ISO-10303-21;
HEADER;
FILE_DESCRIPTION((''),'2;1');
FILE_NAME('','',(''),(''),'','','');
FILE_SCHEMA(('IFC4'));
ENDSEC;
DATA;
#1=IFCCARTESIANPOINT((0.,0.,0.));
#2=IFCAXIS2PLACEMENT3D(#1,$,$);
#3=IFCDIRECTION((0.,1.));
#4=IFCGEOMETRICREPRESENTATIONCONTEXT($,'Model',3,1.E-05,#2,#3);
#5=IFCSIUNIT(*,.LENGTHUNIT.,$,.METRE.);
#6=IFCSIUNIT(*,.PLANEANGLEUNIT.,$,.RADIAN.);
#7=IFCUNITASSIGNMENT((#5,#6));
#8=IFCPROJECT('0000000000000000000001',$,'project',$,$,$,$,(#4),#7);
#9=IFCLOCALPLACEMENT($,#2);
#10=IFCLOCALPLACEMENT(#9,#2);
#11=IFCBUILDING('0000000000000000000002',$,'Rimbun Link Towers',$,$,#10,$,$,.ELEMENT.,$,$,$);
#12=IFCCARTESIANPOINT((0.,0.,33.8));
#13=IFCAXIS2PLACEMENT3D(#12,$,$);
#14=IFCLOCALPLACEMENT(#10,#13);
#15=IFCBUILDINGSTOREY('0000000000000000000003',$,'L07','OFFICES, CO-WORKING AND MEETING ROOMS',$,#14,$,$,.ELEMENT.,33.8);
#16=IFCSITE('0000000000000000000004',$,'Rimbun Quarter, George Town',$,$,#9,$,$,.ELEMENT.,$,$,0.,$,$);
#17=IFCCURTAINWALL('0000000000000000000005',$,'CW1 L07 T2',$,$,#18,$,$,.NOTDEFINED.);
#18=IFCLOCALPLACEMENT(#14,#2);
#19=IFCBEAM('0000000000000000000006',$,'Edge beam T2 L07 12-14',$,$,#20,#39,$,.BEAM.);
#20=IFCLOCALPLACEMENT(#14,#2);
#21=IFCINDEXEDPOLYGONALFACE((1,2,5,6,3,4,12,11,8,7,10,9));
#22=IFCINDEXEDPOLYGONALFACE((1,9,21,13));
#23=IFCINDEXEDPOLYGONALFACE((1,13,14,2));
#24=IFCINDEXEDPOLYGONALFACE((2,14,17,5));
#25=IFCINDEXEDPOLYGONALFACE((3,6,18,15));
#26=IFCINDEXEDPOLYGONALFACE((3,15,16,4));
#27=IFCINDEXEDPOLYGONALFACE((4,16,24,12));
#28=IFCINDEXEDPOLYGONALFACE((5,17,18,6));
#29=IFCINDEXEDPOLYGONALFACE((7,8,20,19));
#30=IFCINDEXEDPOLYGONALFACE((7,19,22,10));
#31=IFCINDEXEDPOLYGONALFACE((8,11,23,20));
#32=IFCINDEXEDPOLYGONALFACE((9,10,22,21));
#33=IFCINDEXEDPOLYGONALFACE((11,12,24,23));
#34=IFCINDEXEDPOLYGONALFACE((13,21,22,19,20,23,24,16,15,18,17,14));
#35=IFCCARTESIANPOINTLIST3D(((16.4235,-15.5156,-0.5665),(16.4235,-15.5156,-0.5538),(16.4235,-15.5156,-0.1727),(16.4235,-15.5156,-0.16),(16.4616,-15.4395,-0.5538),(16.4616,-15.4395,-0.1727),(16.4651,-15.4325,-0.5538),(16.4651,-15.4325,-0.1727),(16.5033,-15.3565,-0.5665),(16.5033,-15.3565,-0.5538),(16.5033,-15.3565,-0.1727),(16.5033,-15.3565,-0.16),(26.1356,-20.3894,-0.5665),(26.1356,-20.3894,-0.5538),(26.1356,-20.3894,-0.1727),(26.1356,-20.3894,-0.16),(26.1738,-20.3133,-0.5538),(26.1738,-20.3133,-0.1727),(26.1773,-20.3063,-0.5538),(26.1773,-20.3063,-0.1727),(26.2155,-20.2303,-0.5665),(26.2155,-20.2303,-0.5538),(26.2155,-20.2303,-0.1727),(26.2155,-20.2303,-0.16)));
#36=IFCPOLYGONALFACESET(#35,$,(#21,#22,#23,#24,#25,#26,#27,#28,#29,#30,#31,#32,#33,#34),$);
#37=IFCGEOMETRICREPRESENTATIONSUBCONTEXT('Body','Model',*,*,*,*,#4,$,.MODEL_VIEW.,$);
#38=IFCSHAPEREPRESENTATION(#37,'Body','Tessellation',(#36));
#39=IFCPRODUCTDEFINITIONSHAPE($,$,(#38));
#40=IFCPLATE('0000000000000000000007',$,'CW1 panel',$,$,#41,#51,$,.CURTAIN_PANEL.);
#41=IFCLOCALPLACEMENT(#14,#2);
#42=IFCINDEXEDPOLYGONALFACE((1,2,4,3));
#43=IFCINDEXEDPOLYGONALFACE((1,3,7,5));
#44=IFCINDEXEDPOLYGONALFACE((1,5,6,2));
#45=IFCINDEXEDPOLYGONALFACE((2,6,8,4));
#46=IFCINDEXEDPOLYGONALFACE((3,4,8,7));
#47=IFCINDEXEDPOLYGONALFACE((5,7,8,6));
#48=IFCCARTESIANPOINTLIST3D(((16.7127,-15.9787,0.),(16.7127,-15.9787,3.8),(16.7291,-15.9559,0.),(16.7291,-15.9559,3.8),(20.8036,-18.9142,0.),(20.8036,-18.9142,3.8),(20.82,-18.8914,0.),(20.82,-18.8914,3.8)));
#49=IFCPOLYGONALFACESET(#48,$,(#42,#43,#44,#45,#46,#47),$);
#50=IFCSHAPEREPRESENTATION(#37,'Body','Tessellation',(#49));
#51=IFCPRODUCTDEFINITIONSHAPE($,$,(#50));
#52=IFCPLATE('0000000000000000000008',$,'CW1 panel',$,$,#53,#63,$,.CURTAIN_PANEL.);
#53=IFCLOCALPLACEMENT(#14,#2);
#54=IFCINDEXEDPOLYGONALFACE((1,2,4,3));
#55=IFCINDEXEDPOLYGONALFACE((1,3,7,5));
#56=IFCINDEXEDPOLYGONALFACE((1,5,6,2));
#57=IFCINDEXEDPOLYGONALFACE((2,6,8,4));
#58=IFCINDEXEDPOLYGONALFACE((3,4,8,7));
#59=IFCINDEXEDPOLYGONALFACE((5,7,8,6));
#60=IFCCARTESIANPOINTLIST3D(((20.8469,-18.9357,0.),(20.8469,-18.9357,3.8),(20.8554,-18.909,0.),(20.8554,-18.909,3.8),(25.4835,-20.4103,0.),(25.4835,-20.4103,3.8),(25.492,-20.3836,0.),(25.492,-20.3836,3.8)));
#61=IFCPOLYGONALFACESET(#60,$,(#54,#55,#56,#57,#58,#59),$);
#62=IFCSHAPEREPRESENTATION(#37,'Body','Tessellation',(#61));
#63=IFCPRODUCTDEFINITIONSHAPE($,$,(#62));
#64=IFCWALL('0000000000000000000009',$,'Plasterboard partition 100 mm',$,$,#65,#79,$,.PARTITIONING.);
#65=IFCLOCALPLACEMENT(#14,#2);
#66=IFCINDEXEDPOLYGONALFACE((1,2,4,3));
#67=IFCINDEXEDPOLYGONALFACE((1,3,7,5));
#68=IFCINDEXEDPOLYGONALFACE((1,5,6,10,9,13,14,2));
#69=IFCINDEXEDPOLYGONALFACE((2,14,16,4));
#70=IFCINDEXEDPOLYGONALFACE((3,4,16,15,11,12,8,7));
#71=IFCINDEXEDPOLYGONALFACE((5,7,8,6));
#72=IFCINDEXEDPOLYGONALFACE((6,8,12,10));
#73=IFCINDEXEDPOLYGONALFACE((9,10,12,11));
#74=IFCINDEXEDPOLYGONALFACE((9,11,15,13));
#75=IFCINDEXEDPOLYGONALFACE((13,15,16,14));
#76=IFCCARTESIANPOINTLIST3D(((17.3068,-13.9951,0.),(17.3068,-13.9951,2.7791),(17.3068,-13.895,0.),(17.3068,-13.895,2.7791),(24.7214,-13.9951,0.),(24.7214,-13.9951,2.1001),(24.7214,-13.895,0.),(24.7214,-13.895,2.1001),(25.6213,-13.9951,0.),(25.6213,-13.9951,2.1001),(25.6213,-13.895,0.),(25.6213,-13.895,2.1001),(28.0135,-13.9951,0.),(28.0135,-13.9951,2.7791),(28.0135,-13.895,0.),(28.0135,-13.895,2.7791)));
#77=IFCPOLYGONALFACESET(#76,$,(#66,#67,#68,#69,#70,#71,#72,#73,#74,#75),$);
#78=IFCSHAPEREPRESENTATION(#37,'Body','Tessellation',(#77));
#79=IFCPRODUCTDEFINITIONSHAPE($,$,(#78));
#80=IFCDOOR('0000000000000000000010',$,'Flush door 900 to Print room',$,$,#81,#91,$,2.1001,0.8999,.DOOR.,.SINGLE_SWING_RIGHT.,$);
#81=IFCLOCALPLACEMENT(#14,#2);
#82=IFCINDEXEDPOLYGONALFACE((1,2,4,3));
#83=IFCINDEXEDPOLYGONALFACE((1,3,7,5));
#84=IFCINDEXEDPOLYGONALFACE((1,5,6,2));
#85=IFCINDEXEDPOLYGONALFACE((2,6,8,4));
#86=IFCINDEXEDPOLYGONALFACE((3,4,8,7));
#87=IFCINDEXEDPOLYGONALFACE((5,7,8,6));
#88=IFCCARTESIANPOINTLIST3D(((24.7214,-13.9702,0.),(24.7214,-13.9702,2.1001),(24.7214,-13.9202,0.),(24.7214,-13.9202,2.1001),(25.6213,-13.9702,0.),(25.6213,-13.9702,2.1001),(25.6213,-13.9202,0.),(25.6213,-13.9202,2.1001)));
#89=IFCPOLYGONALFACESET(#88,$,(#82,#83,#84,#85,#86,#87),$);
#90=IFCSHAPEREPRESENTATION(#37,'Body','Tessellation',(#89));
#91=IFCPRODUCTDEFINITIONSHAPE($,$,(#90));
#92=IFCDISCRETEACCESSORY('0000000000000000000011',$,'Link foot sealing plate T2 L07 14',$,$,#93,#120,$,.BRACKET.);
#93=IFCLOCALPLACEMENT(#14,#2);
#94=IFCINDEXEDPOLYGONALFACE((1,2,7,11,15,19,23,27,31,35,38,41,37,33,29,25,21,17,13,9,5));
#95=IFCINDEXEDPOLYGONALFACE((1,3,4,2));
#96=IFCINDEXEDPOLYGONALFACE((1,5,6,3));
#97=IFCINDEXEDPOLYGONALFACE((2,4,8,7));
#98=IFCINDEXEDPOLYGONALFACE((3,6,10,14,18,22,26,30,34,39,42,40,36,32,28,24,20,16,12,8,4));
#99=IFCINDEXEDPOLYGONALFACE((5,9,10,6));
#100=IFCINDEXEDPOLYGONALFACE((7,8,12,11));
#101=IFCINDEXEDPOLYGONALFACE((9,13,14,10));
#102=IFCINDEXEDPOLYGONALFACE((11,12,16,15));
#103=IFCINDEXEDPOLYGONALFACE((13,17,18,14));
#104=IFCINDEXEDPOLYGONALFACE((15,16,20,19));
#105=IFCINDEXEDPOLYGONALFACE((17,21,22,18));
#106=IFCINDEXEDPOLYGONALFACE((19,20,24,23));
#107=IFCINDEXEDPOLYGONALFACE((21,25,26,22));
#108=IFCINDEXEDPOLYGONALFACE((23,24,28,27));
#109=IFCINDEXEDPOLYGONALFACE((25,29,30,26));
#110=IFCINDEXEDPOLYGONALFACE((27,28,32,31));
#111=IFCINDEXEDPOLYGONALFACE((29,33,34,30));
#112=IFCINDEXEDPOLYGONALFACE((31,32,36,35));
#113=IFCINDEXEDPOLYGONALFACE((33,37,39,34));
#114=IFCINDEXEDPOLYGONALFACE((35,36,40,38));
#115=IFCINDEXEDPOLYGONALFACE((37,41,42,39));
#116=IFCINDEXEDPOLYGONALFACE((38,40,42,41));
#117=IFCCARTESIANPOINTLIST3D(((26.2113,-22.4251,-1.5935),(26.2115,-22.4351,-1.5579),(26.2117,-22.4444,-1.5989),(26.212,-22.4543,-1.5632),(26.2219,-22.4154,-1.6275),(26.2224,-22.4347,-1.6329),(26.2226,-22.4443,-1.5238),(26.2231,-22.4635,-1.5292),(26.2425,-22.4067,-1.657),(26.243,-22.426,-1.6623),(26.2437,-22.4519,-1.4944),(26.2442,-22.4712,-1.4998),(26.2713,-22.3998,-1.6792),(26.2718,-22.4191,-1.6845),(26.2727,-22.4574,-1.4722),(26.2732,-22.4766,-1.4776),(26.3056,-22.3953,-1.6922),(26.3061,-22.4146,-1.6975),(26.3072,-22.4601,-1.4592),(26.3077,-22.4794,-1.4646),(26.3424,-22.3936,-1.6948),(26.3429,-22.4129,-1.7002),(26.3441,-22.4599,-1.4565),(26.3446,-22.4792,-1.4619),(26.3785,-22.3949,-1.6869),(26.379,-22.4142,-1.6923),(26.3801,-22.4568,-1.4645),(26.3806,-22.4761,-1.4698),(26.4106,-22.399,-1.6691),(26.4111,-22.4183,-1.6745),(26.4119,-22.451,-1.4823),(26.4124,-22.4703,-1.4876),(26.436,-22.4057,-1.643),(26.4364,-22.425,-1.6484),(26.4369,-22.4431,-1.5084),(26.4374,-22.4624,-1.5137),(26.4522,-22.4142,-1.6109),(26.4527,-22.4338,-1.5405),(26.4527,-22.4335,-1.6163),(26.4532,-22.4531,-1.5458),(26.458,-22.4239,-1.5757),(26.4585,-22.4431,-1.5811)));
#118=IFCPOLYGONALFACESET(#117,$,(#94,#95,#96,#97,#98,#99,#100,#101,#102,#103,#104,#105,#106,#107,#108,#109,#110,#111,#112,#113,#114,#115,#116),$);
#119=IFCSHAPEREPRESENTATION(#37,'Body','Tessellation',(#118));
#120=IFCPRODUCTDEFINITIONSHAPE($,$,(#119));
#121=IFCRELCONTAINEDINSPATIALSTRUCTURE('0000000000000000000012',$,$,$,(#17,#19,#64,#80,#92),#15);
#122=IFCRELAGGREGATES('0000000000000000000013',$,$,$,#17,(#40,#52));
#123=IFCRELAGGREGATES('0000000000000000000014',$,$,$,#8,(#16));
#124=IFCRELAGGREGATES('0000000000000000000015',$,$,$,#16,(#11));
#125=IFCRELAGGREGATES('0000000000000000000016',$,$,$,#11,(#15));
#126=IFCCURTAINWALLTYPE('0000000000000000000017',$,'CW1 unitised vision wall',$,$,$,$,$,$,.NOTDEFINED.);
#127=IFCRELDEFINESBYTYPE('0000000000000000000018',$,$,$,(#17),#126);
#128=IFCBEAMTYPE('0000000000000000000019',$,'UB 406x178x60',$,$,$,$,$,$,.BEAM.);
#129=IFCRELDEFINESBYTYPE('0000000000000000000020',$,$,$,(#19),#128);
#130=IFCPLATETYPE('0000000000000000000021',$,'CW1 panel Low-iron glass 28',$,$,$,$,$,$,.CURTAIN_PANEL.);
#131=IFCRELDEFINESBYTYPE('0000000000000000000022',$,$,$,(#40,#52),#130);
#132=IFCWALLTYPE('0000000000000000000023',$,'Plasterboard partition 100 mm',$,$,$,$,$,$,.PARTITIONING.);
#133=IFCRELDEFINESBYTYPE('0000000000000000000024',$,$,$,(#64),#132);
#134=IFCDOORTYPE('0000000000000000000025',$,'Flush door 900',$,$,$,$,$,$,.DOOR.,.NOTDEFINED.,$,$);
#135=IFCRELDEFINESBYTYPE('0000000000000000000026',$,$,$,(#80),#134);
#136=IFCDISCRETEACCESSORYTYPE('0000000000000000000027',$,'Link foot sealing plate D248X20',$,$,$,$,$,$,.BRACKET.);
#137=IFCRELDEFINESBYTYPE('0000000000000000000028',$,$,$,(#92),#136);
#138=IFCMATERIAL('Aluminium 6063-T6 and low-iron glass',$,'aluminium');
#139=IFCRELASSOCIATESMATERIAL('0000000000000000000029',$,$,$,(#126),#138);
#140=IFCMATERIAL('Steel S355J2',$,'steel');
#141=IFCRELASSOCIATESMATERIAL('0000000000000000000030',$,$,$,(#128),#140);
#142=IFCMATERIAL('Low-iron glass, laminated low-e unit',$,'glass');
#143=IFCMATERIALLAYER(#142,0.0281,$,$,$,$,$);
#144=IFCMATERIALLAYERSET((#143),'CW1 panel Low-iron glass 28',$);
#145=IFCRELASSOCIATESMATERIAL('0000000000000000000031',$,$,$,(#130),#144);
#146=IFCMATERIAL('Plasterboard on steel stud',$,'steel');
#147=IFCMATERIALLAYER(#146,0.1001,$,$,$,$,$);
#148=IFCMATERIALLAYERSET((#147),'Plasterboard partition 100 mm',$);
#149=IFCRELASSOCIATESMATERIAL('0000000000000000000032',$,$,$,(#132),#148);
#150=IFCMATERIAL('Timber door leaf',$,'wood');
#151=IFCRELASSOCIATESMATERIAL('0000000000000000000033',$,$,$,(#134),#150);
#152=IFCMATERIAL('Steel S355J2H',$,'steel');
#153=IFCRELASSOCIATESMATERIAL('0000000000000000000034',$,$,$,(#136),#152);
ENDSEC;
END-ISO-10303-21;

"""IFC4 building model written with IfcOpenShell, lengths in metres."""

from ifc_helpers import new_model, si_unit, direction, frame, frame_2d, origin, origin_2d, place, context, subcontext, project, spatial, rectangle, circle, i_section, extrude, material, layer, layer_set, material_profile, profile_set, type_object, element, fill, aggregate, save


model = new_model("IFC4")

# Units and contexts
model_context = context("Model", 3, precision=1e-05, world=origin(), true_north=direction((0.0, 1.0)))
body_context = subcontext(model_context, "Body", "Model", "MODEL_VIEW")
ifc_project = project(units=[si_unit("LENGTHUNIT", "METRE"), si_unit("PLANEANGLEUNIT", "RADIAN")], contexts=[model_context])

# Site, building, storey
site_placement = place(None, origin())
site = spatial("IfcSite", under=ifc_project, at=site_placement, Name="Rimbun Quarter, George Town", CompositionType="ELEMENT", RefElevation=0.0)
building_placement = place(site_placement, origin())
building = spatial("IfcBuilding", under=site, at=building_placement, Name="Rimbun Link Towers", CompositionType="ELEMENT")
storey_placement = place(building_placement, frame((0.0, 0.0, 33.8)))
storey = spatial("IfcBuildingStorey", under=building, at=storey_placement, Name="L07", Description="OFFICES, CO-WORKING AND MEETING ROOMS", CompositionType="ELEMENT", Elevation=33.8)

# Curtain wall
ifc_material_1 = material(Name="Aluminium 6063-T6 and low-iron glass", Category="aluminium")
curtain_wall_type = type_object("IfcCurtainWallType", Name="CW1 unitised vision wall", PredefinedType="NOTDEFINED", material=ifc_material_1)
curtain_wall_placement = place(storey_placement, origin())
curtain_wall = element("IfcCurtainWall", 1, at=curtain_wall_placement, inside=storey, type_object=curtain_wall_type, Name="CW1 L07 T2", PredefinedType="NOTDEFINED")

# Beam
ifc_material_2 = material(Name="Steel S355J2", Category="steel")
ifc_material_profile_1 = material_profile(ifc_material_2, i_section(OverallWidth=0.178, OverallDepth=0.4065, WebThickness=0.0078, FlangeThickness=0.0127, at=origin_2d()), Name="UB 406x178x60")
ifc_profile_set_1 = profile_set([ifc_material_profile_1], Name="Steel S355J2")
beam_type = type_object("IfcBeamType", Name="UB 406x178x60", PredefinedType="BEAM", material=ifc_profile_set_1)
beam_placement = place(storey_placement, frame((16.4634, -15.436, -0.3633), z_axis=(0.893775, -0.448516, 0.0), x_axis=(0.448516, 0.893775, 0.0)))
element("IfcBeam", 2, at=beam_placement, inside=storey, type_object=beam_type, Name="Edge beam T2 L07 12-14", PredefinedType="BEAM", context=body_context, shape_type="SweptSolid", body=[
    extrude(i_section(OverallWidth=0.178, OverallDepth=0.4065, WebThickness=0.0078, FlangeThickness=0.0127, at=origin_2d()), origin(), (0.0, 0.0, 1.0), 10.8665),
])

# Plates
ifc_material_3 = material(Name="Low-iron glass, laminated low-e unit", Category="glass")
ifc_layer_1 = layer(ifc_material_3, 0.0281)
ifc_layer_set_1 = layer_set([ifc_layer_1], Name="CW1 panel Low-iron glass 28")
plate_type = type_object("IfcPlateType", Name="CW1 panel Low-iron glass 28", PredefinedType="CURTAIN_PANEL", material=ifc_layer_set_1)
plate_1_placement = place(storey_placement, frame((18.7664, -17.4351, 0.0), z_axis=(0.0, 0.0, 1.0), x_axis=(-0.812474, 0.582998, 0.0)))
plate_1 = element("IfcPlate", 3, at=plate_1_placement, type_object=plate_type, Name="CW1 panel", PredefinedType="CURTAIN_PANEL", context=body_context, shape_type="SweptSolid", body=[
    extrude(rectangle(XDim=5.0352, YDim=0.0281, at=origin_2d()), origin(), (0.0, 0.0, 1.0), 3.8),
])
plate_2_placement = place(storey_placement, frame((23.1694, -19.6597, 0.0), z_axis=(0.0, 0.0, 1.0), x_axis=(-0.952967, 0.303074, 0.0)))
plate_2 = element("IfcPlate", 4, at=plate_2_placement, type_object=plate_type, Name="CW1 panel", PredefinedType="CURTAIN_PANEL", context=body_context, shape_type="SweptSolid", body=[
    extrude(rectangle(XDim=4.8655, YDim=0.0281, at=origin_2d()), origin(), (0.0, 0.0, 1.0), 3.8),
])
aggregate(curtain_wall, [plate_1, plate_2])

# Wall, opening, door
ifc_material_4 = material(Name="Plasterboard on steel stud", Category="steel")
ifc_layer_2 = layer(ifc_material_4, 0.1001)
ifc_layer_set_2 = layer_set([ifc_layer_2], Name="Plasterboard partition 100 mm")
wall_type = type_object("IfcWallType", Name="Plasterboard partition 100 mm", PredefinedType="PARTITIONING", material=ifc_layer_set_2)
wall_placement = place(storey_placement, frame((17.3066, -13.9451, 0.0), z_axis=(0.0, 0.0, 1.0), x_axis=(1.0, 0.0, 0.0)))
wall = element("IfcWall", 5, at=wall_placement, inside=storey, type_object=wall_type, Name="Plasterboard partition 100 mm", PredefinedType="PARTITIONING", context=body_context, shape_type="SweptSolid", body=[
    extrude(rectangle(XDim=10.7068, YDim=0.1001, at=frame_2d((5.3535, 0.0))), origin(), (0.0, 0.0, 1.0), 2.7791),
])
opening_placement = place(wall_placement, frame((7.4148, 0.0, 0.0)))
opening = element("IfcOpeningElement", 6, at=opening_placement, cuts=wall, PredefinedType="OPENING", context=body_context, shape_type="SweptSolid", body=[
    extrude(rectangle(XDim=0.8999, YDim=2.1001, at=frame_2d((0.45, 1.05))), frame((0.0, 0.0601, 0.0), z_axis=(0.0, -1.0, 0.0), x_axis=(1.0, 0.0, 0.0)), (0.0, 0.0, 1.0), 0.1201),
])
ifc_material_5 = material(Name="Timber door leaf", Category="wood")
door_type = type_object("IfcDoorType", Name="Flush door 900", OperationType="NOTDEFINED", PredefinedType="DOOR", material=ifc_material_5)
door_placement = place(opening_placement, origin())
door = element("IfcDoor", 7, at=door_placement, inside=storey, type_object=door_type, Name="Flush door 900 to Print room", OperationType="SINGLE_SWING_RIGHT", OverallHeight=2.1001, OverallWidth=0.8999, PredefinedType="DOOR", context=body_context, shape_type="SweptSolid", body=[
    extrude(rectangle(XDim=0.8999, YDim=2.1001, at=frame_2d((0.45, 1.05))), frame((0.0, 0.0249, 0.0), z_axis=(0.0, -1.0, 0.0), x_axis=(1.0, 0.0, 0.0)), (0.0, 0.0, 1.0), 0.05),
])
fill(opening, door)

# Discrete accessory
ifc_material_6 = material(Name="Steel S355J2H", Category="steel")
ifc_material_profile_2 = material_profile(ifc_material_6, circle(Radius=0.124, at=origin_2d()), Name="PL D248")
ifc_profile_set_2 = profile_set([ifc_material_profile_2], Name="Steel S355J2H")
discrete_accessory_type = type_object("IfcDiscreteAccessoryType", Name="Link foot sealing plate D248X20", PredefinedType="BRACKET", material=ifc_profile_set_2)
discrete_accessory_placement = place(storey_placement, frame((26.334, -22.427, -1.5757), z_axis=(0.024381, -0.963057, -0.268193), x_axis=(0.99968, 0.025308, 0.0)))
element("IfcDiscreteAccessory", 8, at=discrete_accessory_placement, inside=storey, type_object=discrete_accessory_type, Name="Link foot sealing plate T2 L07 14", PredefinedType="BRACKET", context=body_context, shape_type="SweptSolid", body=[
    extrude(circle(Radius=0.124, at=origin_2d()), origin(), (0.0, 0.0, 1.0), 0.02),
])

save(model, "model.ifc")
